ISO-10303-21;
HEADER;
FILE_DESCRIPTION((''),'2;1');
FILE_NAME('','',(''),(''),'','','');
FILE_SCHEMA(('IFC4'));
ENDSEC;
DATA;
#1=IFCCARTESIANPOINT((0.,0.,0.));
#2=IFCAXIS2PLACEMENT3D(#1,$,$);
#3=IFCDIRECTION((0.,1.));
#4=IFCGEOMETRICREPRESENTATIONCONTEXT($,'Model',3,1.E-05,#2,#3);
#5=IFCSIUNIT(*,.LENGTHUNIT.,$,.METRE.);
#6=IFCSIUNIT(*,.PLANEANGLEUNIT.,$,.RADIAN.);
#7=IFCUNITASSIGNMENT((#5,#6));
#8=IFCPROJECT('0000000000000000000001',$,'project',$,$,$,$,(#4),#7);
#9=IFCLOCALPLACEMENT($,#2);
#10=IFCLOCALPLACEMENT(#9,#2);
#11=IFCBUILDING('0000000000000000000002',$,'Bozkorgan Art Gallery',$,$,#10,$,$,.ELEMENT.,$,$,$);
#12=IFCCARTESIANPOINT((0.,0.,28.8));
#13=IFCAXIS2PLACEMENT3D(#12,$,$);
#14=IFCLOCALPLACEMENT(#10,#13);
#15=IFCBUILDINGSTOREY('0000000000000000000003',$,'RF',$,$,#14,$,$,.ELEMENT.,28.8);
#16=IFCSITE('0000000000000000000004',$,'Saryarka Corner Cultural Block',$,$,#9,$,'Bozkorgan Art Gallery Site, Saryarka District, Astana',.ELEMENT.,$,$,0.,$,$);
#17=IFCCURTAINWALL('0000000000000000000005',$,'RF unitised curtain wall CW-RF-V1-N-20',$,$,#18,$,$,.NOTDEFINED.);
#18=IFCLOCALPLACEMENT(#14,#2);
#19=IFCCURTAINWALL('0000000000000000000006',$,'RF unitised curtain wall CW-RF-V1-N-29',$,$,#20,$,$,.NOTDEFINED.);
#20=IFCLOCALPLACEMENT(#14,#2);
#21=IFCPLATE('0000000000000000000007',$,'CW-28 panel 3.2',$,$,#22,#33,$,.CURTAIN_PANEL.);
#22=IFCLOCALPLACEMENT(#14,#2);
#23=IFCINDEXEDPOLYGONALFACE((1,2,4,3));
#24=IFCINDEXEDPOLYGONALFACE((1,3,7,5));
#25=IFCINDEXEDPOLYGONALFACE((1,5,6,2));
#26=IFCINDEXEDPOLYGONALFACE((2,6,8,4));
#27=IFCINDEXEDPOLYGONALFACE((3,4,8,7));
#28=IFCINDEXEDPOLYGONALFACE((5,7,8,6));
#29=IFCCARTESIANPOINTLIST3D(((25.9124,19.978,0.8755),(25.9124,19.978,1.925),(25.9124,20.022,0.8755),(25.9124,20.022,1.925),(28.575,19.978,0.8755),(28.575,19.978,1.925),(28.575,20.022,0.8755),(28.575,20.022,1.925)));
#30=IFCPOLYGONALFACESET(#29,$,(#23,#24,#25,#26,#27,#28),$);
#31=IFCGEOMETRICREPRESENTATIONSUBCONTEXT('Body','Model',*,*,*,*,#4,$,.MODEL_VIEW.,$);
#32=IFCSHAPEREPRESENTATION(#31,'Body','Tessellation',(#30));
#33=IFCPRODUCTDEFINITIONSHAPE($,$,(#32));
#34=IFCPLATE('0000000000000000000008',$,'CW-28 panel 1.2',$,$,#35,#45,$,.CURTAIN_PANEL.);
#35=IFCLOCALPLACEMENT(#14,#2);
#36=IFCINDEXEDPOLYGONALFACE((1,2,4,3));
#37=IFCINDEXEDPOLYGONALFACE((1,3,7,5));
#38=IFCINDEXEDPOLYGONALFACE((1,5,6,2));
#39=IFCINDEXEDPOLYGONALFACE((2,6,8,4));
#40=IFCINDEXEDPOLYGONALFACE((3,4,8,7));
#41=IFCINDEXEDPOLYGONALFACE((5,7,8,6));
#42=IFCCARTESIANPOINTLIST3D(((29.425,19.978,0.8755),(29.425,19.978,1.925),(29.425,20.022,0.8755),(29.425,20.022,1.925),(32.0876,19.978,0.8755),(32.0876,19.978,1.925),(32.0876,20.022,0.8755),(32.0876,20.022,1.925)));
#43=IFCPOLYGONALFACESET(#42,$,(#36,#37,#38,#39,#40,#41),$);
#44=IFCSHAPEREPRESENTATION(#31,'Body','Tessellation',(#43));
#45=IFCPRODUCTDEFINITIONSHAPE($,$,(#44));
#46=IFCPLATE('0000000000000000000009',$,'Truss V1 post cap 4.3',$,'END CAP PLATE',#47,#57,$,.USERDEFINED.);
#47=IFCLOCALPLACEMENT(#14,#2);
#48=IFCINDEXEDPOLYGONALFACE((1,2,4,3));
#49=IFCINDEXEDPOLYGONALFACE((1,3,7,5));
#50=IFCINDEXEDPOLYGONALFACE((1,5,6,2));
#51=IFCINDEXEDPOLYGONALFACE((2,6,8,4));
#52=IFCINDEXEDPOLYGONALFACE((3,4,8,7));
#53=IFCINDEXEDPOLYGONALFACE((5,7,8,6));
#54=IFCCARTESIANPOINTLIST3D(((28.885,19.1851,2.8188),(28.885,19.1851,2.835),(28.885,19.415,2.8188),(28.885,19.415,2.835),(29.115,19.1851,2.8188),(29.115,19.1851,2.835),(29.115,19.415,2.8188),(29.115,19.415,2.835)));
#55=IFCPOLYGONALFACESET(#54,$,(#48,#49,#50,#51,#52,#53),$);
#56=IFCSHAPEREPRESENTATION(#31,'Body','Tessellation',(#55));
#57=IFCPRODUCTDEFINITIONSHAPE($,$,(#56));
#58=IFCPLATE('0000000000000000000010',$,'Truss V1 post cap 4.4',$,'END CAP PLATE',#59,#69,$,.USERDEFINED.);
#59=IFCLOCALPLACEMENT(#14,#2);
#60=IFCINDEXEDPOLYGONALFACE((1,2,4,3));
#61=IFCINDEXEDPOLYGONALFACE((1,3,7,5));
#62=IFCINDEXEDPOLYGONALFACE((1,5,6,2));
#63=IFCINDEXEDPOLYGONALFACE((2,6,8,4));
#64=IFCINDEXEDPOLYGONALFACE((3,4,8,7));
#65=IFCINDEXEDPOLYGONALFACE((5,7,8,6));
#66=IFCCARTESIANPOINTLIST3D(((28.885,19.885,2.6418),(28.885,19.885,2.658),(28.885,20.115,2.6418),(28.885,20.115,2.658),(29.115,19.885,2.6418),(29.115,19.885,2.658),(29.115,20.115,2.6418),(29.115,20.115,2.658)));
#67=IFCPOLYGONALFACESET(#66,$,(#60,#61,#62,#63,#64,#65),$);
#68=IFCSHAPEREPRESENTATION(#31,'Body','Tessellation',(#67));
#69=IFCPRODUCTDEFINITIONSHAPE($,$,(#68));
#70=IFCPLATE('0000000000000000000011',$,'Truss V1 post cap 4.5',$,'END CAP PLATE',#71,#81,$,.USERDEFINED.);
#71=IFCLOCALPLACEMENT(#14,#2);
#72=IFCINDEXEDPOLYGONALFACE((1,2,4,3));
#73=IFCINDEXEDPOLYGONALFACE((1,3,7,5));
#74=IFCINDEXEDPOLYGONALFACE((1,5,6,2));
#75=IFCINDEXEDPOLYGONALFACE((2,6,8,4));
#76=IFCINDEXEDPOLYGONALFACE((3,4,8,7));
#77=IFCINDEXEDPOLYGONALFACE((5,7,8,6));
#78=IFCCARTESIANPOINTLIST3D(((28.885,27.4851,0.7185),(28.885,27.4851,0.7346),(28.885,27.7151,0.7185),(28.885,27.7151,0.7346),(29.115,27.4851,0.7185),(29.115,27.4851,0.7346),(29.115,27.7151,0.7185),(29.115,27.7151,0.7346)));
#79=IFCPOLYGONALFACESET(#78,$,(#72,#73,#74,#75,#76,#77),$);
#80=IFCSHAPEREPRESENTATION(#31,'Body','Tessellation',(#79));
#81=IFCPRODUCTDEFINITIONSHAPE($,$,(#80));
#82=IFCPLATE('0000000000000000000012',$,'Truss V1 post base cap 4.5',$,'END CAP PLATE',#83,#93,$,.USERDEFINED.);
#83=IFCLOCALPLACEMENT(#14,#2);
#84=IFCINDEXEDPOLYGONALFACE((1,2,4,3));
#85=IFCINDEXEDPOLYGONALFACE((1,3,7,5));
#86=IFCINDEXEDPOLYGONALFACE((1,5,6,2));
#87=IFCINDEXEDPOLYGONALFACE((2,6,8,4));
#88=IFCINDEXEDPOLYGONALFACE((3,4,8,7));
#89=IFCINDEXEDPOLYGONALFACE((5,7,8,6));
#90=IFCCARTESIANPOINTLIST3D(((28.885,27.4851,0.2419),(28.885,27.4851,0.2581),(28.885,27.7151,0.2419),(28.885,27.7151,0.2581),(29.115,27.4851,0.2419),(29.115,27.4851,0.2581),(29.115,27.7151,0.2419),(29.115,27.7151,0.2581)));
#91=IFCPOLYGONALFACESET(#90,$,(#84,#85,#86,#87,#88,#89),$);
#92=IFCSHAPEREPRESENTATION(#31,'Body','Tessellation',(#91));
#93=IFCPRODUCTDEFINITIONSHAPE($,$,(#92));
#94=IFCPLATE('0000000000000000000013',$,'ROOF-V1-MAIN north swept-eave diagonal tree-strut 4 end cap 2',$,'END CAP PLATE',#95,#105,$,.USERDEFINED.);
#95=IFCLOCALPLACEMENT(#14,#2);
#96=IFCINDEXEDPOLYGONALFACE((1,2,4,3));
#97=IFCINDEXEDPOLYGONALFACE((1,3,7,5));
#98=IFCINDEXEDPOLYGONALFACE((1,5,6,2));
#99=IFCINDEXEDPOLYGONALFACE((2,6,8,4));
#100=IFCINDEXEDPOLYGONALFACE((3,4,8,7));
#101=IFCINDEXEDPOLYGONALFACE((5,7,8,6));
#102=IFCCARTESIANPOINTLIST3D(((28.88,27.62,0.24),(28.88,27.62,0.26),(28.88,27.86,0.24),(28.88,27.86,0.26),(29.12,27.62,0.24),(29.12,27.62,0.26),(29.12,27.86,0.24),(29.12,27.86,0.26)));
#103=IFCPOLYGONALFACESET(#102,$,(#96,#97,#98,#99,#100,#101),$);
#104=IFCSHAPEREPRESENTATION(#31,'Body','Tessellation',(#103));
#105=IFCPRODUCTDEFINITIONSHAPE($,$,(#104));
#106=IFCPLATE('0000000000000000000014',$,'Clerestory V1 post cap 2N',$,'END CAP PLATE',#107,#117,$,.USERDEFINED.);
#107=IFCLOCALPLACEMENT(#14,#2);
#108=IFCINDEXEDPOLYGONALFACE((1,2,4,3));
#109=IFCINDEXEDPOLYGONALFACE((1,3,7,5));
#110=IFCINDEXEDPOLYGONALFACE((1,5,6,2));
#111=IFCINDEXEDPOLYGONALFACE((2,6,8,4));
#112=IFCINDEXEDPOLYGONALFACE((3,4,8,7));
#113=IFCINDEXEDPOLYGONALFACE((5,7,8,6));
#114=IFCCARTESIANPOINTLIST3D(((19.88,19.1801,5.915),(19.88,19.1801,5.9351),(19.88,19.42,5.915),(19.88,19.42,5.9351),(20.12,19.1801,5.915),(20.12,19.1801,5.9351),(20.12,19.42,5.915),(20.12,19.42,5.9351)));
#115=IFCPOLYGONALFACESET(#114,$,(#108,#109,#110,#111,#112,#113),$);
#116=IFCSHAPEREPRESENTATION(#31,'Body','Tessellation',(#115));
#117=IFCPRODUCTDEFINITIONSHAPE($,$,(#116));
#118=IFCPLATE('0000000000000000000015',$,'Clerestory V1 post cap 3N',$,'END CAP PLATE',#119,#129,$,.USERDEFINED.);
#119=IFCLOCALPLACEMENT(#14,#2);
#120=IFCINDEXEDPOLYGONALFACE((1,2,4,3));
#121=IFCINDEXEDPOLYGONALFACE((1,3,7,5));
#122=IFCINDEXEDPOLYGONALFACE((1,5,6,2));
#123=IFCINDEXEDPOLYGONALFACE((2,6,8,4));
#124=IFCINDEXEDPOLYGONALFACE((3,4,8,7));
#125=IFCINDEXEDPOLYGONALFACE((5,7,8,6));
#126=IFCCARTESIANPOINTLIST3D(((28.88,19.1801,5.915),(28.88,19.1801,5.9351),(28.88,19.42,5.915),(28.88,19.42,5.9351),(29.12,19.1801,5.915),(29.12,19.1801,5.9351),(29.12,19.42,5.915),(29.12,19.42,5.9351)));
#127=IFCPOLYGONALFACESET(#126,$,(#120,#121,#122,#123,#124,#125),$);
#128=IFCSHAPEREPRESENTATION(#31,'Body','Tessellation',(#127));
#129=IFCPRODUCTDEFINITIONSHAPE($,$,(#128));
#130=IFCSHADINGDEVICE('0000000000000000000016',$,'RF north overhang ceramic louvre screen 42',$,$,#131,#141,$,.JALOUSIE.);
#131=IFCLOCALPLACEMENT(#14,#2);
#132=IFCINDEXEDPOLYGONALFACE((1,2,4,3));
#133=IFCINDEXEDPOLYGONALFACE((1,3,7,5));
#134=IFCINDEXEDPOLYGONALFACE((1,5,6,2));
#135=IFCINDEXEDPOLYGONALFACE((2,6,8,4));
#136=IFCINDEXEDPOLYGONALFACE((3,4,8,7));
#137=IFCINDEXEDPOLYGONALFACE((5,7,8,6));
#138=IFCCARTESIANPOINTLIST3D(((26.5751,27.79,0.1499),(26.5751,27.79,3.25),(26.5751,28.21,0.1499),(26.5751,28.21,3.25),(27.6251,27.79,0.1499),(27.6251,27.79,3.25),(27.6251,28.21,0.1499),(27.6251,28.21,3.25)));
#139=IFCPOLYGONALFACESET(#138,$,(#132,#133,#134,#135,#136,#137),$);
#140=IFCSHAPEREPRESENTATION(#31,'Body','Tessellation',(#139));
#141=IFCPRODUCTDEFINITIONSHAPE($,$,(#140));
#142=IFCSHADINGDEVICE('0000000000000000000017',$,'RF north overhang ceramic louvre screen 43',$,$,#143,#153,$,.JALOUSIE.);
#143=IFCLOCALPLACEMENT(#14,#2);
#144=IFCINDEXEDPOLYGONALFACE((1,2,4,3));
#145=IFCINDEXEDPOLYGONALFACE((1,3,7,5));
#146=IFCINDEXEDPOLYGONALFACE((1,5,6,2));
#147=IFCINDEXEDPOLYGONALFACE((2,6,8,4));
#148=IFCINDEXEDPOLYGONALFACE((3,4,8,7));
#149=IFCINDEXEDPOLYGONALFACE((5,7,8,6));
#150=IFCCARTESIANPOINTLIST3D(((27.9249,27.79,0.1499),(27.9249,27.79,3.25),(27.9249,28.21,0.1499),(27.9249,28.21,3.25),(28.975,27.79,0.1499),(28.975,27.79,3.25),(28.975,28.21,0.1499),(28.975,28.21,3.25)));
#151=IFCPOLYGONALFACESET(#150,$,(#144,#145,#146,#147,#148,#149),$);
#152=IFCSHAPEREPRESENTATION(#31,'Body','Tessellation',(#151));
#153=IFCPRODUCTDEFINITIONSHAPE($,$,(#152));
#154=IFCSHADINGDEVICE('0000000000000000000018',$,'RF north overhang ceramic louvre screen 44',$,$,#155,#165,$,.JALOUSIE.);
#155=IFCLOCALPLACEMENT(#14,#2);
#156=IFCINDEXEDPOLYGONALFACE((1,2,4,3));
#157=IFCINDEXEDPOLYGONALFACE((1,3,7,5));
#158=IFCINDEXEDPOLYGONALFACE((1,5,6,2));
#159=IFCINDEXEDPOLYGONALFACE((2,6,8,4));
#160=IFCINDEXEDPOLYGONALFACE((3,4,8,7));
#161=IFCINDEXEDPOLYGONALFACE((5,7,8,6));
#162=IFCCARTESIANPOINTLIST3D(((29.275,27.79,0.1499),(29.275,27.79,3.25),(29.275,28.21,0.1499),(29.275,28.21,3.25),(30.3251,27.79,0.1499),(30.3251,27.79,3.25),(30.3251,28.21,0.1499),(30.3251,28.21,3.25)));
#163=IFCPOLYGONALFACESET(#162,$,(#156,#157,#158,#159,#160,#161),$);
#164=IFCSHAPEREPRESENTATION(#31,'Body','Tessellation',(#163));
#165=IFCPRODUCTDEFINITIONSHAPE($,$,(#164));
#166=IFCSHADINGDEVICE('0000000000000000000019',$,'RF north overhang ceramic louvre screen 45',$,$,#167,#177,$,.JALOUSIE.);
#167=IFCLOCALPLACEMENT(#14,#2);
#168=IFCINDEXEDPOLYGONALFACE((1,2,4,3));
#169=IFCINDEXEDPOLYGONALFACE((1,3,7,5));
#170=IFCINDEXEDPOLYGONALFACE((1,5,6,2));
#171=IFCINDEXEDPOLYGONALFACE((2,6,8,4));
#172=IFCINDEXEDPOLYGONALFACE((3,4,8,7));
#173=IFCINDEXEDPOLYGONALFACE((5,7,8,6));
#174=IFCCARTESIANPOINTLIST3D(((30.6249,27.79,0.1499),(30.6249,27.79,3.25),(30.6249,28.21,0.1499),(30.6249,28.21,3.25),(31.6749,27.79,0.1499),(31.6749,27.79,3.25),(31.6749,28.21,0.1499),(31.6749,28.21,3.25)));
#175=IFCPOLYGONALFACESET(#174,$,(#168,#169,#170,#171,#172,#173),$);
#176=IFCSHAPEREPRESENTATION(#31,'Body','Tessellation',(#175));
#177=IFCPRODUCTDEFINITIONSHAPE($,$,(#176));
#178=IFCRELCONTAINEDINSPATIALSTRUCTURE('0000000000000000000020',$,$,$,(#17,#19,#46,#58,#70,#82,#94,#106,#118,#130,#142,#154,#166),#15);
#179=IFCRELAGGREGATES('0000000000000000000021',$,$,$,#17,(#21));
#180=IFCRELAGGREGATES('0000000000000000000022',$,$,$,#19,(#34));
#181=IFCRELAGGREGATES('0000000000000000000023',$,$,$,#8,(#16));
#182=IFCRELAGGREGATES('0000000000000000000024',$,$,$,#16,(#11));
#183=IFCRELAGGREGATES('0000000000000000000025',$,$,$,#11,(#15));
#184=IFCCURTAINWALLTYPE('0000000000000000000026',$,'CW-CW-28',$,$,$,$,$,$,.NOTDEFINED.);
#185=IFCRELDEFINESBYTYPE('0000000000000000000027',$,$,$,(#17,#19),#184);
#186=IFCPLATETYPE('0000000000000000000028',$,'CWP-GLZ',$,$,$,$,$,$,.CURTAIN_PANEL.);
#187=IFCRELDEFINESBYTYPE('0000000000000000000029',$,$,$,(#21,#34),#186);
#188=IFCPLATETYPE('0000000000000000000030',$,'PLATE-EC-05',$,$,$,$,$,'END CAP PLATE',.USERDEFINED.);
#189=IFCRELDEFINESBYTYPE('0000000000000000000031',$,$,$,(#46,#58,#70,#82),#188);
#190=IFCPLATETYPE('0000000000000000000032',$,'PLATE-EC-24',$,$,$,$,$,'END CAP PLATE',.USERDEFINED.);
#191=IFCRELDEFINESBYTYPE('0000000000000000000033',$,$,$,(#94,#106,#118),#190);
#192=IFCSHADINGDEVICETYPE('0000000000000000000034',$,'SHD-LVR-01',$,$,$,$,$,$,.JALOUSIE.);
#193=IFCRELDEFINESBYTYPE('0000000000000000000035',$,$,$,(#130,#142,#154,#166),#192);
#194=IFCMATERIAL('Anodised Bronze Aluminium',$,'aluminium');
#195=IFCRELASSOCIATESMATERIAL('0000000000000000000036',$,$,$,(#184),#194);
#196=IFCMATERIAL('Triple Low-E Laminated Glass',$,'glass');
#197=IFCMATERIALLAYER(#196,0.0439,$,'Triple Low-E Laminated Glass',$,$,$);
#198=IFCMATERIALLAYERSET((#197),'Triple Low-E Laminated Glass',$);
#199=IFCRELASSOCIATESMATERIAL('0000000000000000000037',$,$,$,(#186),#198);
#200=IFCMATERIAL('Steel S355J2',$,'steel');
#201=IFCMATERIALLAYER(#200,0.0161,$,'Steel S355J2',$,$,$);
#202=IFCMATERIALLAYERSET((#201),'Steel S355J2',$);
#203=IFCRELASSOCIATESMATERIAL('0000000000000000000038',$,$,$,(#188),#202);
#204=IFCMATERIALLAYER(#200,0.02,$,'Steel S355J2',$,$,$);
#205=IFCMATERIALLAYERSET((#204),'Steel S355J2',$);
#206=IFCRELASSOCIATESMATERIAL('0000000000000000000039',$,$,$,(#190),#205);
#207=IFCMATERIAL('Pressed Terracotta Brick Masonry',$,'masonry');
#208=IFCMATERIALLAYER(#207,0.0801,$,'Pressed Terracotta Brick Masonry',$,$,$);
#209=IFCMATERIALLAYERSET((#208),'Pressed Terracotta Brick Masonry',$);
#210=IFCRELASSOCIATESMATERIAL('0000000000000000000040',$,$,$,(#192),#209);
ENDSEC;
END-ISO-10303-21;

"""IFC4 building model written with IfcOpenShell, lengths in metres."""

from ifc_helpers import new_model, si_unit, direction, frame, origin, origin_2d, place, context, subcontext, project, spatial, rectangle, extrude, material, layer, layer_set, type_object, element, aggregate, save


model = new_model("IFC4")

# Units and contexts
model_context = context("Model", 3, precision=1e-05, world=origin(), true_north=direction((0.0, 1.0)))
body_context = subcontext(model_context, "Body", "Model", "MODEL_VIEW")
ifc_project = project(units=[si_unit("LENGTHUNIT", "METRE"), si_unit("PLANEANGLEUNIT", "RADIAN")], contexts=[model_context])

# Site, building, storey
site_placement = place(None, origin())
site = spatial("IfcSite", under=ifc_project, at=site_placement, Name="Saryarka Corner Cultural Block", LongName="Bozkorgan Art Gallery Site, Saryarka District, Astana", CompositionType="ELEMENT", RefElevation=0.0)
building_placement = place(site_placement, origin())
building = spatial("IfcBuilding", under=site, at=building_placement, Name="Bozkorgan Art Gallery", CompositionType="ELEMENT")
storey_placement = place(building_placement, frame((0.0, 0.0, 28.8)))
storey = spatial("IfcBuildingStorey", under=building, at=storey_placement, Name="RF", CompositionType="ELEMENT", Elevation=28.8)

# Curtain walls
ifc_material_1 = material(Name="Anodised Bronze Aluminium", Category="aluminium")
curtain_wall_type = type_object("IfcCurtainWallType", Name="CW-CW-28", PredefinedType="NOTDEFINED", material=ifc_material_1)
curtain_wall_1_placement = place(storey_placement, origin())
curtain_wall_1 = element("IfcCurtainWall", 1, at=curtain_wall_1_placement, inside=storey, type_object=curtain_wall_type, Name="RF unitised curtain wall CW-RF-V1-N-20", PredefinedType="NOTDEFINED")
curtain_wall_2_placement = place(storey_placement, origin())
curtain_wall_2 = element("IfcCurtainWall", 2, at=curtain_wall_2_placement, inside=storey, type_object=curtain_wall_type, Name="RF unitised curtain wall CW-RF-V1-N-29", PredefinedType="NOTDEFINED")

# Shared definitions
ifc_material_2 = material(Name="Steel S355J2", Category="steel")

# Plates
ifc_material_3 = material(Name="Triple Low-E Laminated Glass", Category="glass")
ifc_layer_1 = layer(ifc_material_3, 0.0439, Name="Triple Low-E Laminated Glass")
ifc_layer_set_1 = layer_set([ifc_layer_1], Name="Triple Low-E Laminated Glass")
plate_type_1 = type_object("IfcPlateType", Name="CWP-GLZ", PredefinedType="CURTAIN_PANEL", material=ifc_layer_set_1)
plate_1_placement = place(storey_placement, frame((27.2437, 20.0, 0.8755), z_axis=(0.0, 0.0, 1.0), x_axis=(1.0, 0.0, 0.0)))
plate_1 = element("IfcPlate", 3, at=plate_1_placement, type_object=plate_type_1, Name="CW-28 panel 3.2", PredefinedType="CURTAIN_PANEL", context=body_context, shape_type="SweptSolid", body=[
    extrude(rectangle(XDim=2.6626, YDim=0.0439, at=origin_2d()), origin(), (0.0, 0.0, 1.0), 1.0496),
])
aggregate(curtain_wall_1, [plate_1])
plate_2_placement = place(storey_placement, frame((30.7563, 20.0, 0.8755), z_axis=(0.0, 0.0, 1.0), x_axis=(1.0, 0.0, 0.0)))
plate_2 = element("IfcPlate", 4, at=plate_2_placement, type_object=plate_type_1, Name="CW-28 panel 1.2", PredefinedType="CURTAIN_PANEL", context=body_context, shape_type="SweptSolid", body=[
    extrude(rectangle(XDim=2.6626, YDim=0.0439, at=origin_2d()), origin(), (0.0, 0.0, 1.0), 1.0496),
])
aggregate(curtain_wall_2, [plate_2])

# Plates
ifc_layer_2 = layer(ifc_material_2, 0.0161, Name="Steel S355J2")
ifc_layer_set_2 = layer_set([ifc_layer_2], Name="Steel S355J2")
plate_type_2 = type_object("IfcPlateType", Name="PLATE-EC-05", ElementType="END CAP PLATE", PredefinedType="USERDEFINED", material=ifc_layer_set_2)
for number, where, z_axis, x_axis, name in (
    (5, (29.0, 19.3, 2.8188), (0.0, 0.0, 1.0), (1.0, 0.0, 0.0), "Truss V1 post cap 4.3"),
    (6, (29.0, 20.0, 2.6418), (0.0, 0.0, 1.0), (1.0, 0.0, 0.0), "Truss V1 post cap 4.4"),
    (7, (29.0, 27.6001, 0.7185), (0.0, 0.0, 1.0), (1.0, 0.0, 0.0), "Truss V1 post cap 4.5"),
    (8, (29.0, 27.6001, 0.2419), (0.0, 0.0, 1.0), (1.0, 0.0, 0.0), "Truss V1 post base cap 4.5"),
):
    element("IfcPlate", number, at=place(storey_placement, frame(where, z_axis=z_axis, x_axis=x_axis)), inside=storey, type_object=plate_type_2, Name=name, ObjectType="END CAP PLATE", PredefinedType="USERDEFINED", context=body_context, shape_type="SweptSolid", body=[
        extrude(rectangle(XDim=0.23, YDim=0.23, at=origin_2d()), origin(), (0.0, 0.0, 1.0), 0.0161),
    ])
ifc_layer_3 = layer(ifc_material_2, 0.02, Name="Steel S355J2")
ifc_layer_set_3 = layer_set([ifc_layer_3], Name="Steel S355J2")
plate_type_3 = type_object("IfcPlateType", Name="PLATE-EC-24", ElementType="END CAP PLATE", PredefinedType="USERDEFINED", material=ifc_layer_set_3)
for number, where, z_axis, x_axis, name in (
    (9, (29.0, 27.74, 0.24), (0.0, 0.0, 1.0), (1.0, 0.0, 0.0), "ROOF-V1-MAIN north swept-eave diagonal tree-strut 4 end cap 2"),
    (10, (20.0, 19.3, 5.915), (0.0, 0.0, 1.0), (1.0, 0.0, 0.0), "Clerestory V1 post cap 2N"),
    (11, (29.0, 19.3, 5.915), (0.0, 0.0, 1.0), (1.0, 0.0, 0.0), "Clerestory V1 post cap 3N"),
):
    element("IfcPlate", number, at=place(storey_placement, frame(where, z_axis=z_axis, x_axis=x_axis)), inside=storey, type_object=plate_type_3, Name=name, ObjectType="END CAP PLATE", PredefinedType="USERDEFINED", context=body_context, shape_type="SweptSolid", body=[
        extrude(rectangle(XDim=0.24, YDim=0.24, at=origin_2d()), origin(), (0.0, 0.0, 1.0), 0.02),
    ])

# Shading devices
ifc_material_4 = material(Name="Pressed Terracotta Brick Masonry", Category="masonry")
ifc_layer_4 = layer(ifc_material_4, 0.0801, Name="Pressed Terracotta Brick Masonry")
ifc_layer_set_4 = layer_set([ifc_layer_4], Name="Pressed Terracotta Brick Masonry")
shading_device_type = type_object("IfcShadingDeviceType", Name="SHD-LVR-01", PredefinedType="JALOUSIE", material=ifc_layer_set_4)
for number, where, z_axis, x_axis, name in (
    (12, (27.1001, 28.0, 0.1499), (0.0, 0.0, 1.0), (1.0, 0.0, 0.0), "RF north overhang ceramic louvre screen 42"),
    (13, (28.45, 28.0, 0.1499), (0.0, 0.0, 1.0), (1.0, 0.0, 0.0), "RF north overhang ceramic louvre screen 43"),
    (14, (29.8, 28.0, 0.1499), (0.0, 0.0, 1.0), (1.0, 0.0, 0.0), "RF north overhang ceramic louvre screen 44"),
    (15, (31.1499, 28.0, 0.1499), (0.0, 0.0, 1.0), (1.0, 0.0, 0.0), "RF north overhang ceramic louvre screen 45"),
):
    element("IfcShadingDevice", number, at=place(storey_placement, frame(where, z_axis=z_axis, x_axis=x_axis)), inside=storey, type_object=shading_device_type, Name=name, PredefinedType="JALOUSIE", context=body_context, shape_type="SweptSolid", body=[
        extrude(rectangle(XDim=1.05, YDim=0.4199, at=origin_2d()), origin(), (0.0, 0.0, 1.0), 3.1001),
    ])

save(model, "model.ifc")
